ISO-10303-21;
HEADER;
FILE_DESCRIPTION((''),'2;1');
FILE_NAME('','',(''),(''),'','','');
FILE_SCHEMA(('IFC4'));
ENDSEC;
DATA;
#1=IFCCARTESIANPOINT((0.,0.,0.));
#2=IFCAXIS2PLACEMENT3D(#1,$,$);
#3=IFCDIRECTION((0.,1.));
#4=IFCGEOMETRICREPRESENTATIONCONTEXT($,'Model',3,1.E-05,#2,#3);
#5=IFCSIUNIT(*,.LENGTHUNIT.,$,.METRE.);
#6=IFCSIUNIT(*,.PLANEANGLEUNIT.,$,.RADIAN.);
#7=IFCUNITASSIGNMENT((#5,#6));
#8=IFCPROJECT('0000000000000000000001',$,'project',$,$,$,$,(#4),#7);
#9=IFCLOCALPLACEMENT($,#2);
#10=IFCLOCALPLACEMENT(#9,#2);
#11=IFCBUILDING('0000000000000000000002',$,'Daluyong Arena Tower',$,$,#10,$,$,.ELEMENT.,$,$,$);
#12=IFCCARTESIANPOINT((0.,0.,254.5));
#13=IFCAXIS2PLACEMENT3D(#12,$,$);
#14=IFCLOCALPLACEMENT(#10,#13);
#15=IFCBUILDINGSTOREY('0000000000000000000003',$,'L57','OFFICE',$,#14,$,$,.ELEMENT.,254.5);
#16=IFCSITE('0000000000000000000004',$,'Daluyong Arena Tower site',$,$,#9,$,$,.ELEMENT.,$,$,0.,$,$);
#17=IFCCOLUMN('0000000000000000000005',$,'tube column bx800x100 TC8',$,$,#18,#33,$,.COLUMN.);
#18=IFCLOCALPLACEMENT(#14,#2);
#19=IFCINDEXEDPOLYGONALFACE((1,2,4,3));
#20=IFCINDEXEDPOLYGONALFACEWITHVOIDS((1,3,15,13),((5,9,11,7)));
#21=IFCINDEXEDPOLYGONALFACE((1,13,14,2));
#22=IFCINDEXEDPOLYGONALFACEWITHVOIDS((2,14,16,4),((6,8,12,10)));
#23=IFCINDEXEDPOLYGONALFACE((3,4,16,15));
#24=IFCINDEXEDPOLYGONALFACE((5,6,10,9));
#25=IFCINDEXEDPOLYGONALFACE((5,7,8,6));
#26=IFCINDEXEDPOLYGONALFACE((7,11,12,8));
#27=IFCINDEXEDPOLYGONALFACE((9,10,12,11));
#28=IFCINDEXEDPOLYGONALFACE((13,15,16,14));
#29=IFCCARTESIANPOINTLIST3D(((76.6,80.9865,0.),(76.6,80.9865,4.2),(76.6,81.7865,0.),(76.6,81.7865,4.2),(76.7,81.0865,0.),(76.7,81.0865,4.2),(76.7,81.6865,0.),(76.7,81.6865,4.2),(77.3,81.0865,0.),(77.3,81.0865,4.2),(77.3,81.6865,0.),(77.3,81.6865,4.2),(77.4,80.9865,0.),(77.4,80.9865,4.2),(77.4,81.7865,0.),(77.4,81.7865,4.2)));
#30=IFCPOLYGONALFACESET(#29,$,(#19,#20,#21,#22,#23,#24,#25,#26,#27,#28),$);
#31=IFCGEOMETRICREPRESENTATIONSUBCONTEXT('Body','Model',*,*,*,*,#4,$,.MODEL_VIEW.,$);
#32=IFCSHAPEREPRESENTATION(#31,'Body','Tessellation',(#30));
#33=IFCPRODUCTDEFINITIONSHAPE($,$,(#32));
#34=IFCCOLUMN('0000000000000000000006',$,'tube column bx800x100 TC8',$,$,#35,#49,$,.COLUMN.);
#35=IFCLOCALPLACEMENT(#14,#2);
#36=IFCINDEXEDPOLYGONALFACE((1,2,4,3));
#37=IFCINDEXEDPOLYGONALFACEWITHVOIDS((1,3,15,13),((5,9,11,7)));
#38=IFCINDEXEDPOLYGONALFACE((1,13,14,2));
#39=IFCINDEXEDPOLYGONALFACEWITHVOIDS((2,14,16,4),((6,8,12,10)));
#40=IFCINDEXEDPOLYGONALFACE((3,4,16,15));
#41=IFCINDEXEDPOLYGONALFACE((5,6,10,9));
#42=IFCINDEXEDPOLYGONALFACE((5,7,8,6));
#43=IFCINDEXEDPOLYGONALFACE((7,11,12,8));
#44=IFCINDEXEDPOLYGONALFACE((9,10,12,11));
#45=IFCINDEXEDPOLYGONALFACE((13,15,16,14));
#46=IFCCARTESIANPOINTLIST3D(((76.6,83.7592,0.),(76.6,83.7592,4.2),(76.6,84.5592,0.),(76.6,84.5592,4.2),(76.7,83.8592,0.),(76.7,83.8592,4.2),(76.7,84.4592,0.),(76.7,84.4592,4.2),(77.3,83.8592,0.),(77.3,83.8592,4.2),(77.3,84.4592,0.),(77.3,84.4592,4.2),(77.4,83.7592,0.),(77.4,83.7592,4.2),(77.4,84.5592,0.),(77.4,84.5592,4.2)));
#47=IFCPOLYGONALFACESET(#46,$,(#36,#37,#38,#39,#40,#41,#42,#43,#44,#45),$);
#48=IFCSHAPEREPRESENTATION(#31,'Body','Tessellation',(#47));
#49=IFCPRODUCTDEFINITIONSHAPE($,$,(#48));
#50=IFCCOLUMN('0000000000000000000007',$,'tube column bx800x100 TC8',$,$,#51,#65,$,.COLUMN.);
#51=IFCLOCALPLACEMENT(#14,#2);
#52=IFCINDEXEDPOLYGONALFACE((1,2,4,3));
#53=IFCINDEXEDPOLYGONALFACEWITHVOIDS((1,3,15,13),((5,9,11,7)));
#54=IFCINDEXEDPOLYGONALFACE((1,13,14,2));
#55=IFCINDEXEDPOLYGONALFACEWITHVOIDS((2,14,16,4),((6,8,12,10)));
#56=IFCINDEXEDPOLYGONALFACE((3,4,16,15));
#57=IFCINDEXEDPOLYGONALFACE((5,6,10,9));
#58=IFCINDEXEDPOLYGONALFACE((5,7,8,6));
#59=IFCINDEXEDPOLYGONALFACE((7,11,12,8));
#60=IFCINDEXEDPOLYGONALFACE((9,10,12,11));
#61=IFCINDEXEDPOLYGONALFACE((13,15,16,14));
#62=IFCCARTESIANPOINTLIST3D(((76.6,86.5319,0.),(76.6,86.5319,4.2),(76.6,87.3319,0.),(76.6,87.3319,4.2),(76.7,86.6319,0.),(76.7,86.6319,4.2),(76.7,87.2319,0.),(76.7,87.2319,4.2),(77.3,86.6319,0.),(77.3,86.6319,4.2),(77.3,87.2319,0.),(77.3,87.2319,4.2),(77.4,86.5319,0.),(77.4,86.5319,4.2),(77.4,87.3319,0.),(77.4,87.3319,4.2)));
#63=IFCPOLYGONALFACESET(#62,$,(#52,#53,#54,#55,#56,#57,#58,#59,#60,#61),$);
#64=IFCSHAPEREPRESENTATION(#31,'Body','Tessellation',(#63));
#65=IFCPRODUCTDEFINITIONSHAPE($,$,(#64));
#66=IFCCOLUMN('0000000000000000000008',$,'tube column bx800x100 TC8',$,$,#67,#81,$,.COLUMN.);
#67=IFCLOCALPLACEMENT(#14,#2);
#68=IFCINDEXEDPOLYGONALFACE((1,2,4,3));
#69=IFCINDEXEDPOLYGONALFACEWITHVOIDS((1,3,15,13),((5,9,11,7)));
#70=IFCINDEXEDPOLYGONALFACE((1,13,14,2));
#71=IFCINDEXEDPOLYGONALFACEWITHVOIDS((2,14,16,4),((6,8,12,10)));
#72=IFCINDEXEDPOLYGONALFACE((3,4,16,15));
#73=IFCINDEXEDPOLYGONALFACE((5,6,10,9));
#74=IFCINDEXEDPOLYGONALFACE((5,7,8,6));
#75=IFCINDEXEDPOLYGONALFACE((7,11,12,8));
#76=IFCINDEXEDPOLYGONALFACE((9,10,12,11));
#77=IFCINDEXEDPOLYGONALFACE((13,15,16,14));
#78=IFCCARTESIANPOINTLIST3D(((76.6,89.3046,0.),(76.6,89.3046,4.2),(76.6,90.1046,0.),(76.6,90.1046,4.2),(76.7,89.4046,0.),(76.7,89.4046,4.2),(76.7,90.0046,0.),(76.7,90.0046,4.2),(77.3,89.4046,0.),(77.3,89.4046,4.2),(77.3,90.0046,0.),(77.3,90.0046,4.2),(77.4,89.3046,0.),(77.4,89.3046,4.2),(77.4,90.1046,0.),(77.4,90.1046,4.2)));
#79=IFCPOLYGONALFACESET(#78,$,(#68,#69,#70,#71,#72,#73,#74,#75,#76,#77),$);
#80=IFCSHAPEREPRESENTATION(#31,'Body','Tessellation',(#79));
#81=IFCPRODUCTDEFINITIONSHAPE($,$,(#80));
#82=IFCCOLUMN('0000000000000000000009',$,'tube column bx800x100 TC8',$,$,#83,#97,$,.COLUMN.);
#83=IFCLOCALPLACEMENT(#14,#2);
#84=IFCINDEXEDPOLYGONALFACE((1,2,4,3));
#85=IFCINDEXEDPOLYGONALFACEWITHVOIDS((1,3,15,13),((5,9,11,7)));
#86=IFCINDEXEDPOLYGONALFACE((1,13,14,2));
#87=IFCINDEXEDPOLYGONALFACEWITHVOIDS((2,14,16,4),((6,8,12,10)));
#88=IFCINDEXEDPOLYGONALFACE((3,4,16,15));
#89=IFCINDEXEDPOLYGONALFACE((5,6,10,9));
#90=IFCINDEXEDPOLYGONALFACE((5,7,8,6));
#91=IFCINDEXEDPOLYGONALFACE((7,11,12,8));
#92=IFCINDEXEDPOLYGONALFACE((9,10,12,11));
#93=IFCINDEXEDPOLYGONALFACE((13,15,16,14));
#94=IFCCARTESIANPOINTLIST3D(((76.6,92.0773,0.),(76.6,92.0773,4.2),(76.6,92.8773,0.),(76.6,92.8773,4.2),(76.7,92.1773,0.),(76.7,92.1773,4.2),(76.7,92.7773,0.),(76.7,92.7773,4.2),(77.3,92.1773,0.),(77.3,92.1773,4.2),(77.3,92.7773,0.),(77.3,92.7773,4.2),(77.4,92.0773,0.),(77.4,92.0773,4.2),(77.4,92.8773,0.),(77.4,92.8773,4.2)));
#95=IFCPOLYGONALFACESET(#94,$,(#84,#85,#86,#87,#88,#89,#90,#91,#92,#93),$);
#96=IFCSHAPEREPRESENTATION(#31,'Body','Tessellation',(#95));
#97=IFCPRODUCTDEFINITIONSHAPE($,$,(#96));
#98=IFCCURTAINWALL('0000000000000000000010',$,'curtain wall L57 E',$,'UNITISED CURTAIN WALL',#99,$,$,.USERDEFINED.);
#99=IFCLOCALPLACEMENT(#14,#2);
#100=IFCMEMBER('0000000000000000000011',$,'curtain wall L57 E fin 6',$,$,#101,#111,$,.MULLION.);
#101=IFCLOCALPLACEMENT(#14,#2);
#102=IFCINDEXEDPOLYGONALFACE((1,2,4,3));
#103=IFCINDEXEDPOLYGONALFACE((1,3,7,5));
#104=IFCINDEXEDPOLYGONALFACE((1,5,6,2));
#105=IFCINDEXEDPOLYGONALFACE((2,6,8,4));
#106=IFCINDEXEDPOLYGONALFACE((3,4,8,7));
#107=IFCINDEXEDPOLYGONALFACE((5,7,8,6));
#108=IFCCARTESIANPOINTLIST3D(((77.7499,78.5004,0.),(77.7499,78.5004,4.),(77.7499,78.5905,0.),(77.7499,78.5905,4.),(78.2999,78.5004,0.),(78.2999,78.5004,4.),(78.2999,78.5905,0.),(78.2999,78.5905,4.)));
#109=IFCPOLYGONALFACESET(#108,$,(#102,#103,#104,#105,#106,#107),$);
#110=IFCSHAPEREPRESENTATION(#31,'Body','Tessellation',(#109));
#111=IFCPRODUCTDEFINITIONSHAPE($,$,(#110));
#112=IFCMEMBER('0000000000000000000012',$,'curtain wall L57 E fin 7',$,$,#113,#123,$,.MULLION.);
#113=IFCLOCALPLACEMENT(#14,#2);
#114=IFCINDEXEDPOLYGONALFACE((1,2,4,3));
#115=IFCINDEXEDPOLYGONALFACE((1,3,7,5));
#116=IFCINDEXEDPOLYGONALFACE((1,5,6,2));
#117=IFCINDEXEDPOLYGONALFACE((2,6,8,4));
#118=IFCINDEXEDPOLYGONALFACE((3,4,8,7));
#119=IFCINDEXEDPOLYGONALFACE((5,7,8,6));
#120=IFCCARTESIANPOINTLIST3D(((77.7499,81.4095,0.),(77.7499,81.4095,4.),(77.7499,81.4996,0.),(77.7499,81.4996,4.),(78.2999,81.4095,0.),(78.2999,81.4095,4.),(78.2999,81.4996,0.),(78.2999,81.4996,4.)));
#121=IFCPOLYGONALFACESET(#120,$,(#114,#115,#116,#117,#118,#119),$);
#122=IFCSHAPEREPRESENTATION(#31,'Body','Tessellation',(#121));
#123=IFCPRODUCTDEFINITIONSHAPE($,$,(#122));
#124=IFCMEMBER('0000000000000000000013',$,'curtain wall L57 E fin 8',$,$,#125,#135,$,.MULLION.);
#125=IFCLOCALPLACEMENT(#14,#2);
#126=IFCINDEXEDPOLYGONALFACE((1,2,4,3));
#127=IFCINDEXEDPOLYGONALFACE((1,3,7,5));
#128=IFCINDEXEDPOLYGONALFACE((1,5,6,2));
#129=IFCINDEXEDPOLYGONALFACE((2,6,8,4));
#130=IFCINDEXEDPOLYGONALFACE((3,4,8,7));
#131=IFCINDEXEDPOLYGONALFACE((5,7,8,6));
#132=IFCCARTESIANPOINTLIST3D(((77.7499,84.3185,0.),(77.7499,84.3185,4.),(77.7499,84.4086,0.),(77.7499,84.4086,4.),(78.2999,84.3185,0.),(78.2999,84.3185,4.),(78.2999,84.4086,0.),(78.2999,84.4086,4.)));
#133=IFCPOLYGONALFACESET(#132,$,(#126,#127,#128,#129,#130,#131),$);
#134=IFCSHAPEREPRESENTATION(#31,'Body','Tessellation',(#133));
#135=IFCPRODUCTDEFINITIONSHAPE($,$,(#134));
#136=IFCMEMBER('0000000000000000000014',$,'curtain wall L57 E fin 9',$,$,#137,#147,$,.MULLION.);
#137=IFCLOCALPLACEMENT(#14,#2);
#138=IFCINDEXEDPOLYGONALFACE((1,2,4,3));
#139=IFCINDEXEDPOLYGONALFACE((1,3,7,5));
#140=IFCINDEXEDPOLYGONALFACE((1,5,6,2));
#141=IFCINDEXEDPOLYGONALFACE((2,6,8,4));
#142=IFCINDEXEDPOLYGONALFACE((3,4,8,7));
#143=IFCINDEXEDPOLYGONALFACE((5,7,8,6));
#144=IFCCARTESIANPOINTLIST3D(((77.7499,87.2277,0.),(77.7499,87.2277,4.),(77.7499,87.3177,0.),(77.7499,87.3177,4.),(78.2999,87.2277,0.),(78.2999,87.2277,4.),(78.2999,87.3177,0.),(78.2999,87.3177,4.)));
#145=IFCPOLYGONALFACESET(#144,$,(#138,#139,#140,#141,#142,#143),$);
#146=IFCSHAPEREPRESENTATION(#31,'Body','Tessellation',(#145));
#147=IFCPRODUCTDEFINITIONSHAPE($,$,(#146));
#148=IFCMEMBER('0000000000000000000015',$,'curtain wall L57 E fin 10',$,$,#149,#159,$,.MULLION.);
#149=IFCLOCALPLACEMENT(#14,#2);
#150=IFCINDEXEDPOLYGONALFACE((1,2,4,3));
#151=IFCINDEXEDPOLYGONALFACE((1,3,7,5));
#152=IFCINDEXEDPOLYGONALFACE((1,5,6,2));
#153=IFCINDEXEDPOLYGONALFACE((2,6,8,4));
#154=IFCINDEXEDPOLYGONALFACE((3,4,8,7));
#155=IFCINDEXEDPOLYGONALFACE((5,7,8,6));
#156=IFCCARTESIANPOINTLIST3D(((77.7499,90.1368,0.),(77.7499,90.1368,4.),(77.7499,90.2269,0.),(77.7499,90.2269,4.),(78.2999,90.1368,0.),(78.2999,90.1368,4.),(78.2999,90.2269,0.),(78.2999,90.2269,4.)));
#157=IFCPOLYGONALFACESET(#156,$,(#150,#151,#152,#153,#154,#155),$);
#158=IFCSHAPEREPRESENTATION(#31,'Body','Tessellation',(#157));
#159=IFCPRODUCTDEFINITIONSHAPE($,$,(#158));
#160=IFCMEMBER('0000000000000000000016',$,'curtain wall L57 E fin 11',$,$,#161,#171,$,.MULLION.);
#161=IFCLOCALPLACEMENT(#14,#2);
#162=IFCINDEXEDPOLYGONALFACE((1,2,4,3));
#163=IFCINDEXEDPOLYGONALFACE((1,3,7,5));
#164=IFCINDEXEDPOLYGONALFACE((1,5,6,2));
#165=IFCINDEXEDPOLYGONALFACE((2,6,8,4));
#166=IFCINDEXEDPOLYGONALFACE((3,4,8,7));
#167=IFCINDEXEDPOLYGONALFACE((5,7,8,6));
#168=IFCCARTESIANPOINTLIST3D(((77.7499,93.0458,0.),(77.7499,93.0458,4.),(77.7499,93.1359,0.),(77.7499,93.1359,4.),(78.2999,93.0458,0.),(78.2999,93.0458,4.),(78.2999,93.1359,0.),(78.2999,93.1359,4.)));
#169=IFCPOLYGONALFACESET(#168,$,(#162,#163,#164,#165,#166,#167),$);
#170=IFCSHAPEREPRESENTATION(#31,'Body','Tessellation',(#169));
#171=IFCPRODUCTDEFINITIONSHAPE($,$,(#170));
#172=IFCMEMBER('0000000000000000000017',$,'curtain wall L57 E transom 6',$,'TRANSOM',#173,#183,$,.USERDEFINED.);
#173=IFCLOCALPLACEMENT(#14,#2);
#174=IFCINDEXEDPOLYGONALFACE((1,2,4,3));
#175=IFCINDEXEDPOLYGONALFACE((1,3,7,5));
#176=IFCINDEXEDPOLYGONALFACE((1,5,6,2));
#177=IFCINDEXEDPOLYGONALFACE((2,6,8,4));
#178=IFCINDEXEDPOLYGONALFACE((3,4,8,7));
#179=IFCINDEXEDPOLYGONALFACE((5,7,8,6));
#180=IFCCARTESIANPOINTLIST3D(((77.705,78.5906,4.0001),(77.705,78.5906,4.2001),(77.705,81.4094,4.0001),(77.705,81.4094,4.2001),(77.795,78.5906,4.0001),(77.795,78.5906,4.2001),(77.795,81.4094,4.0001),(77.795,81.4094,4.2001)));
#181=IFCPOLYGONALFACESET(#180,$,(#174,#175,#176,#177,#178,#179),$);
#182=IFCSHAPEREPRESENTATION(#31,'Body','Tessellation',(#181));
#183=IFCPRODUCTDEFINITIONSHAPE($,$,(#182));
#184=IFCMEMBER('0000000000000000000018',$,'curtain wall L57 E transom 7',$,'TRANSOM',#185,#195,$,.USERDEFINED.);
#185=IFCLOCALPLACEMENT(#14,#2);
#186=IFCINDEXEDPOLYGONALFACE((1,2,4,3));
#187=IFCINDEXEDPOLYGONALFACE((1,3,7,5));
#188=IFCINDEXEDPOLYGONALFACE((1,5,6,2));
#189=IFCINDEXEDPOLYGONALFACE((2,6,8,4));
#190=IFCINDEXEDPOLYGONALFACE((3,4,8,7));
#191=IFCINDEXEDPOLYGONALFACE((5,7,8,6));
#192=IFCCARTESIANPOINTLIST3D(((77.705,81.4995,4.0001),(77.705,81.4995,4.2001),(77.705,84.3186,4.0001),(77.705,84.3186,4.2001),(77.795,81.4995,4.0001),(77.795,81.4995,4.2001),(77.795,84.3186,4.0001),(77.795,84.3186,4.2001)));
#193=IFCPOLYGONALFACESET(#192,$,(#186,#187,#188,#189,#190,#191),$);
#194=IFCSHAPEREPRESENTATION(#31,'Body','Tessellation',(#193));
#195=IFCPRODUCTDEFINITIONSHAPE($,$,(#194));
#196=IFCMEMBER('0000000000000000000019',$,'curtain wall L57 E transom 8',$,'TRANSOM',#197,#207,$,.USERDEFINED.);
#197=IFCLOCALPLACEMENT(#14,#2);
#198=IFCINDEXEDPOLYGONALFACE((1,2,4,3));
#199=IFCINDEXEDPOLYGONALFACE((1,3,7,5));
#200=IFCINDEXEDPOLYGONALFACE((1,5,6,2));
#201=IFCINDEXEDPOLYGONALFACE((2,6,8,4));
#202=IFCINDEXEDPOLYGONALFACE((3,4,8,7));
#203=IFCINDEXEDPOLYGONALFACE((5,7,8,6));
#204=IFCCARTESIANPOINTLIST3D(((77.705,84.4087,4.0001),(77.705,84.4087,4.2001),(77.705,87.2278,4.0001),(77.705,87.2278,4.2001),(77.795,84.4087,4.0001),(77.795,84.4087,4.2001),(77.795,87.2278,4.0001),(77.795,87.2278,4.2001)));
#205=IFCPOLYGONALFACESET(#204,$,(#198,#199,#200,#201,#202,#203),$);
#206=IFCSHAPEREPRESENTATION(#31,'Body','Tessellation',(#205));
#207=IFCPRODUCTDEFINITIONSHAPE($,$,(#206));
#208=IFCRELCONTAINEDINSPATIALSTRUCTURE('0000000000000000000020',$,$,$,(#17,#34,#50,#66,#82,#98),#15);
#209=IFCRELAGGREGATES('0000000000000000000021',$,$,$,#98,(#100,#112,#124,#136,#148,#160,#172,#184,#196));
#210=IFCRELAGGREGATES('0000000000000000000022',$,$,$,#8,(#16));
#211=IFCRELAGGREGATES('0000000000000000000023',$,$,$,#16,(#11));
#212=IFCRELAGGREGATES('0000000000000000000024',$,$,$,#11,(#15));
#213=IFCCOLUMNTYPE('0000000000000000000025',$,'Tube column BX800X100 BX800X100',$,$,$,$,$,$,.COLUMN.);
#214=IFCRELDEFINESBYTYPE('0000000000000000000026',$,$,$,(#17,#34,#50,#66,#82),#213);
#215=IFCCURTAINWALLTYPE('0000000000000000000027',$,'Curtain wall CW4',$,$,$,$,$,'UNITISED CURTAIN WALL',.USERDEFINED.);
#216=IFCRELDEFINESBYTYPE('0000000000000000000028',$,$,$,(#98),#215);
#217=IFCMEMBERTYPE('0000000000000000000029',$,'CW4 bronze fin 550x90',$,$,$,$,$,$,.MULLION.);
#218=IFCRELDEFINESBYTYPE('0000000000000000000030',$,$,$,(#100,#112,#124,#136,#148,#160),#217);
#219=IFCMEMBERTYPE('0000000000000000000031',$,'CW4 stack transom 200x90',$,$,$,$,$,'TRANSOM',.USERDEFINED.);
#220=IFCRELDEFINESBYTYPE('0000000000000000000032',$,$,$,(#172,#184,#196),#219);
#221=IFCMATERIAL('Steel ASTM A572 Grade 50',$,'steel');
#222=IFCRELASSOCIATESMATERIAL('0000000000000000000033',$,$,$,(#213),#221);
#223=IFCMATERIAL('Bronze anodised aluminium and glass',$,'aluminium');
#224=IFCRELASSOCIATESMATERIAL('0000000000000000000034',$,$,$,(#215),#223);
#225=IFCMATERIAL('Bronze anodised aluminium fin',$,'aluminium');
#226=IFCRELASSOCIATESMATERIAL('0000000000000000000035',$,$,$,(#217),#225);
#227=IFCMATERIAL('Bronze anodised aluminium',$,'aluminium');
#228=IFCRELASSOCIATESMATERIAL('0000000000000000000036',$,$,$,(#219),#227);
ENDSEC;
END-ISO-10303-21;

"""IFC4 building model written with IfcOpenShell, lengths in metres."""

from ifc_helpers import new_model, si_unit, direction, frame, origin, origin_2d, place, context, subcontext, project, spatial, rectangle, hollow_rectangle, extrude, material, material_profile, profile_set, type_object, element, aggregate, save


model = new_model("IFC4")

# Units and contexts
model_context = context("Model", 3, precision=1e-05, world=origin(), true_north=direction((0.0, 1.0)))
body_context = subcontext(model_context, "Body", "Model", "MODEL_VIEW")
ifc_project = project(units=[si_unit("LENGTHUNIT", "METRE"), si_unit("PLANEANGLEUNIT", "RADIAN")], contexts=[model_context])

# Site, building, storey
site_placement = place(None, origin())
site = spatial("IfcSite", under=ifc_project, at=site_placement, Name="Daluyong Arena Tower site", CompositionType="ELEMENT", RefElevation=0.0)
building_placement = place(site_placement, origin())
building = spatial("IfcBuilding", under=site, at=building_placement, Name="Daluyong Arena Tower", CompositionType="ELEMENT")
storey_placement = place(building_placement, frame((0.0, 0.0, 254.5)))
storey = spatial("IfcBuildingStorey", under=building, at=storey_placement, Name="L57", Description="OFFICE", CompositionType="ELEMENT", Elevation=254.5)

# Columns
ifc_material_1 = material(Name="Steel ASTM A572 Grade 50", Category="steel")
ifc_material_profile_1 = material_profile(ifc_material_1, hollow_rectangle(XDim=0.8, YDim=0.8, WallThickness=0.1, at=origin_2d()))
ifc_profile_set_1 = profile_set([ifc_material_profile_1], Name="Steel ASTM A572 Grade 50")
column_type = type_object("IfcColumnType", Name="Tube column BX800X100 BX800X100", PredefinedType="COLUMN", material=ifc_profile_set_1)
for number, where, z_axis, x_axis, name in (
    (1, (77.0, 81.3865, 0.0), (0.0, 0.0, 1.0), (0.0, 1.0, 0.0), "tube column bx800x100 TC8"),
    (2, (77.0, 84.1592, 0.0), (0.0, 0.0, 1.0), (0.0, 1.0, 0.0), "tube column bx800x100 TC8"),
    (3, (77.0, 86.9319, 0.0), (0.0, 0.0, 1.0), (0.0, 1.0, 0.0), "tube column bx800x100 TC8"),
    (4, (77.0, 89.7046, 0.0), (0.0, 0.0, 1.0), (0.0, 1.0, 0.0), "tube column bx800x100 TC8"),
    (5, (77.0, 92.4773, 0.0), (0.0, 0.0, 1.0), (0.0, 1.0, 0.0), "tube column bx800x100 TC8"),
):
    element("IfcColumn", number, at=place(storey_placement, frame(where, z_axis=z_axis, x_axis=x_axis)), inside=storey, type_object=column_type, Name=name, PredefinedType="COLUMN", context=body_context, shape_type="SweptSolid", body=[
        extrude(hollow_rectangle(XDim=0.8, YDim=0.8, WallThickness=0.1, at=origin_2d()), origin(), (0.0, 0.0, 1.0), 4.2),
    ])

# Curtain wall, members
ifc_material_2 = material(Name="Bronze anodised aluminium and glass", Category="aluminium")
curtain_wall_type = type_object("IfcCurtainWallType", Name="Curtain wall CW4", ElementType="UNITISED CURTAIN WALL", PredefinedType="USERDEFINED", material=ifc_material_2)
curtain_wall_placement = place(storey_placement, origin())
curtain_wall = element("IfcCurtainWall", 6, at=curtain_wall_placement, inside=storey, type_object=curtain_wall_type, Name="curtain wall L57 E", ObjectType="UNITISED CURTAIN WALL", PredefinedType="USERDEFINED")
ifc_material_3 = material(Name="Bronze anodised aluminium fin", Category="aluminium")
ifc_material_profile_2 = material_profile(ifc_material_3, rectangle(XDim=0.55, YDim=0.0901, at=origin_2d()))
ifc_profile_set_2 = profile_set([ifc_material_profile_2], Name="Bronze anodised aluminium fin")
member_type_1 = type_object("IfcMemberType", Name="CW4 bronze fin 550x90", PredefinedType="MULLION", material=ifc_profile_set_2)
member_1_placement = place(storey_placement, frame((78.0249, 78.5454, 0.0), z_axis=(0.0, 0.0, 1.0), x_axis=(-1.0, 0.0, 0.0)))
member_1 = element("IfcMember", 7, at=member_1_placement, type_object=member_type_1, Name="curtain wall L57 E fin 6", PredefinedType="MULLION", context=body_context, shape_type="SweptSolid", body=[
    extrude(rectangle(XDim=0.55, YDim=0.0901, at=origin_2d()), origin(), (0.0, 0.0, 1.0), 4.0),
])
member_2_placement = place(storey_placement, frame((78.0249, 81.4546, 0.0), z_axis=(0.0, 0.0, 1.0), x_axis=(-1.0, 0.0, 0.0)))
member_2 = element("IfcMember", 8, at=member_2_placement, type_object=member_type_1, Name="curtain wall L57 E fin 7", PredefinedType="MULLION", context=body_context, shape_type="SweptSolid", body=[
    extrude(rectangle(XDim=0.55, YDim=0.0901, at=origin_2d()), origin(), (0.0, 0.0, 1.0), 4.0),
])
member_3_placement = place(storey_placement, frame((78.0249, 84.3635, 0.0), z_axis=(0.0, 0.0, 1.0), x_axis=(-1.0, 0.0, 0.0)))
member_3 = element("IfcMember", 9, at=member_3_placement, type_object=member_type_1, Name="curtain wall L57 E fin 8", PredefinedType="MULLION", context=body_context, shape_type="SweptSolid", body=[
    extrude(rectangle(XDim=0.55, YDim=0.0901, at=origin_2d()), origin(), (0.0, 0.0, 1.0), 4.0),
])
member_4_placement = place(storey_placement, frame((78.0249, 87.2727, 0.0), z_axis=(0.0, 0.0, 1.0), x_axis=(-1.0, 0.0, 0.0)))
member_4 = element("IfcMember", 10, at=member_4_placement, type_object=member_type_1, Name="curtain wall L57 E fin 9", PredefinedType="MULLION", context=body_context, shape_type="SweptSolid", body=[
    extrude(rectangle(XDim=0.55, YDim=0.0901, at=origin_2d()), origin(), (0.0, 0.0, 1.0), 4.0),
])
member_5_placement = place(storey_placement, frame((78.0249, 90.1819, 0.0), z_axis=(0.0, 0.0, 1.0), x_axis=(-1.0, 0.0, 0.0)))
member_5 = element("IfcMember", 11, at=member_5_placement, type_object=member_type_1, Name="curtain wall L57 E fin 10", PredefinedType="MULLION", context=body_context, shape_type="SweptSolid", body=[
    extrude(rectangle(XDim=0.55, YDim=0.0901, at=origin_2d()), origin(), (0.0, 0.0, 1.0), 4.0),
])
member_6_placement = place(storey_placement, frame((78.0249, 93.0908, 0.0), z_axis=(0.0, 0.0, 1.0), x_axis=(-1.0, 0.0, 0.0)))
member_6 = element("IfcMember", 12, at=member_6_placement, type_object=member_type_1, Name="curtain wall L57 E fin 11", PredefinedType="MULLION", context=body_context, shape_type="SweptSolid", body=[
    extrude(rectangle(XDim=0.55, YDim=0.0901, at=origin_2d()), origin(), (0.0, 0.0, 1.0), 4.0),
])
ifc_material_4 = material(Name="Bronze anodised aluminium", Category="aluminium")
ifc_material_profile_3 = material_profile(ifc_material_4, rectangle(XDim=0.0901, YDim=0.2, at=origin_2d()))
ifc_profile_set_3 = profile_set([ifc_material_profile_3], Name="Bronze anodised aluminium")
member_type_2 = type_object("IfcMemberType", Name="CW4 stack transom 200x90", ElementType="TRANSOM", PredefinedType="USERDEFINED", material=ifc_profile_set_3)
member_7_placement = place(storey_placement, frame((77.75, 78.5906, 4.1001), z_axis=(0.0, 1.0, 0.0), x_axis=(-1.0, 0.0, 0.0)))
member_7 = element("IfcMember", 13, at=member_7_placement, type_object=member_type_2, Name="curtain wall L57 E transom 6", ObjectType="TRANSOM", PredefinedType="USERDEFINED", context=body_context, shape_type="SweptSolid", body=[
    extrude(rectangle(XDim=0.0901, YDim=0.2, at=origin_2d()), origin(), (0.0, 0.0, 1.0), 2.8188),
])
member_8_placement = place(storey_placement, frame((77.75, 81.4995, 4.1001), z_axis=(0.0, 1.0, 0.0), x_axis=(-1.0, 0.0, 0.0)))
member_8 = element("IfcMember", 14, at=member_8_placement, type_object=member_type_2, Name="curtain wall L57 E transom 7", ObjectType="TRANSOM", PredefinedType="USERDEFINED", context=body_context, shape_type="SweptSolid", body=[
    extrude(rectangle(XDim=0.0901, YDim=0.2, at=origin_2d()), origin(), (0.0, 0.0, 1.0), 2.8191),
])
member_9_placement = place(storey_placement, frame((77.75, 84.4087, 4.1001), z_axis=(0.0, 1.0, 0.0), x_axis=(-1.0, 0.0, 0.0)))
member_9 = element("IfcMember", 15, at=member_9_placement, type_object=member_type_2, Name="curtain wall L57 E transom 8", ObjectType="TRANSOM", PredefinedType="USERDEFINED", context=body_context, shape_type="SweptSolid", body=[
    extrude(rectangle(XDim=0.0901, YDim=0.2, at=origin_2d()), origin(), (0.0, 0.0, 1.0), 2.8191),
])

aggregate(curtain_wall, [member_1, member_2, member_3, member_4, member_5, member_6, member_7, member_8, member_9])

save(model, "model.ifc")
